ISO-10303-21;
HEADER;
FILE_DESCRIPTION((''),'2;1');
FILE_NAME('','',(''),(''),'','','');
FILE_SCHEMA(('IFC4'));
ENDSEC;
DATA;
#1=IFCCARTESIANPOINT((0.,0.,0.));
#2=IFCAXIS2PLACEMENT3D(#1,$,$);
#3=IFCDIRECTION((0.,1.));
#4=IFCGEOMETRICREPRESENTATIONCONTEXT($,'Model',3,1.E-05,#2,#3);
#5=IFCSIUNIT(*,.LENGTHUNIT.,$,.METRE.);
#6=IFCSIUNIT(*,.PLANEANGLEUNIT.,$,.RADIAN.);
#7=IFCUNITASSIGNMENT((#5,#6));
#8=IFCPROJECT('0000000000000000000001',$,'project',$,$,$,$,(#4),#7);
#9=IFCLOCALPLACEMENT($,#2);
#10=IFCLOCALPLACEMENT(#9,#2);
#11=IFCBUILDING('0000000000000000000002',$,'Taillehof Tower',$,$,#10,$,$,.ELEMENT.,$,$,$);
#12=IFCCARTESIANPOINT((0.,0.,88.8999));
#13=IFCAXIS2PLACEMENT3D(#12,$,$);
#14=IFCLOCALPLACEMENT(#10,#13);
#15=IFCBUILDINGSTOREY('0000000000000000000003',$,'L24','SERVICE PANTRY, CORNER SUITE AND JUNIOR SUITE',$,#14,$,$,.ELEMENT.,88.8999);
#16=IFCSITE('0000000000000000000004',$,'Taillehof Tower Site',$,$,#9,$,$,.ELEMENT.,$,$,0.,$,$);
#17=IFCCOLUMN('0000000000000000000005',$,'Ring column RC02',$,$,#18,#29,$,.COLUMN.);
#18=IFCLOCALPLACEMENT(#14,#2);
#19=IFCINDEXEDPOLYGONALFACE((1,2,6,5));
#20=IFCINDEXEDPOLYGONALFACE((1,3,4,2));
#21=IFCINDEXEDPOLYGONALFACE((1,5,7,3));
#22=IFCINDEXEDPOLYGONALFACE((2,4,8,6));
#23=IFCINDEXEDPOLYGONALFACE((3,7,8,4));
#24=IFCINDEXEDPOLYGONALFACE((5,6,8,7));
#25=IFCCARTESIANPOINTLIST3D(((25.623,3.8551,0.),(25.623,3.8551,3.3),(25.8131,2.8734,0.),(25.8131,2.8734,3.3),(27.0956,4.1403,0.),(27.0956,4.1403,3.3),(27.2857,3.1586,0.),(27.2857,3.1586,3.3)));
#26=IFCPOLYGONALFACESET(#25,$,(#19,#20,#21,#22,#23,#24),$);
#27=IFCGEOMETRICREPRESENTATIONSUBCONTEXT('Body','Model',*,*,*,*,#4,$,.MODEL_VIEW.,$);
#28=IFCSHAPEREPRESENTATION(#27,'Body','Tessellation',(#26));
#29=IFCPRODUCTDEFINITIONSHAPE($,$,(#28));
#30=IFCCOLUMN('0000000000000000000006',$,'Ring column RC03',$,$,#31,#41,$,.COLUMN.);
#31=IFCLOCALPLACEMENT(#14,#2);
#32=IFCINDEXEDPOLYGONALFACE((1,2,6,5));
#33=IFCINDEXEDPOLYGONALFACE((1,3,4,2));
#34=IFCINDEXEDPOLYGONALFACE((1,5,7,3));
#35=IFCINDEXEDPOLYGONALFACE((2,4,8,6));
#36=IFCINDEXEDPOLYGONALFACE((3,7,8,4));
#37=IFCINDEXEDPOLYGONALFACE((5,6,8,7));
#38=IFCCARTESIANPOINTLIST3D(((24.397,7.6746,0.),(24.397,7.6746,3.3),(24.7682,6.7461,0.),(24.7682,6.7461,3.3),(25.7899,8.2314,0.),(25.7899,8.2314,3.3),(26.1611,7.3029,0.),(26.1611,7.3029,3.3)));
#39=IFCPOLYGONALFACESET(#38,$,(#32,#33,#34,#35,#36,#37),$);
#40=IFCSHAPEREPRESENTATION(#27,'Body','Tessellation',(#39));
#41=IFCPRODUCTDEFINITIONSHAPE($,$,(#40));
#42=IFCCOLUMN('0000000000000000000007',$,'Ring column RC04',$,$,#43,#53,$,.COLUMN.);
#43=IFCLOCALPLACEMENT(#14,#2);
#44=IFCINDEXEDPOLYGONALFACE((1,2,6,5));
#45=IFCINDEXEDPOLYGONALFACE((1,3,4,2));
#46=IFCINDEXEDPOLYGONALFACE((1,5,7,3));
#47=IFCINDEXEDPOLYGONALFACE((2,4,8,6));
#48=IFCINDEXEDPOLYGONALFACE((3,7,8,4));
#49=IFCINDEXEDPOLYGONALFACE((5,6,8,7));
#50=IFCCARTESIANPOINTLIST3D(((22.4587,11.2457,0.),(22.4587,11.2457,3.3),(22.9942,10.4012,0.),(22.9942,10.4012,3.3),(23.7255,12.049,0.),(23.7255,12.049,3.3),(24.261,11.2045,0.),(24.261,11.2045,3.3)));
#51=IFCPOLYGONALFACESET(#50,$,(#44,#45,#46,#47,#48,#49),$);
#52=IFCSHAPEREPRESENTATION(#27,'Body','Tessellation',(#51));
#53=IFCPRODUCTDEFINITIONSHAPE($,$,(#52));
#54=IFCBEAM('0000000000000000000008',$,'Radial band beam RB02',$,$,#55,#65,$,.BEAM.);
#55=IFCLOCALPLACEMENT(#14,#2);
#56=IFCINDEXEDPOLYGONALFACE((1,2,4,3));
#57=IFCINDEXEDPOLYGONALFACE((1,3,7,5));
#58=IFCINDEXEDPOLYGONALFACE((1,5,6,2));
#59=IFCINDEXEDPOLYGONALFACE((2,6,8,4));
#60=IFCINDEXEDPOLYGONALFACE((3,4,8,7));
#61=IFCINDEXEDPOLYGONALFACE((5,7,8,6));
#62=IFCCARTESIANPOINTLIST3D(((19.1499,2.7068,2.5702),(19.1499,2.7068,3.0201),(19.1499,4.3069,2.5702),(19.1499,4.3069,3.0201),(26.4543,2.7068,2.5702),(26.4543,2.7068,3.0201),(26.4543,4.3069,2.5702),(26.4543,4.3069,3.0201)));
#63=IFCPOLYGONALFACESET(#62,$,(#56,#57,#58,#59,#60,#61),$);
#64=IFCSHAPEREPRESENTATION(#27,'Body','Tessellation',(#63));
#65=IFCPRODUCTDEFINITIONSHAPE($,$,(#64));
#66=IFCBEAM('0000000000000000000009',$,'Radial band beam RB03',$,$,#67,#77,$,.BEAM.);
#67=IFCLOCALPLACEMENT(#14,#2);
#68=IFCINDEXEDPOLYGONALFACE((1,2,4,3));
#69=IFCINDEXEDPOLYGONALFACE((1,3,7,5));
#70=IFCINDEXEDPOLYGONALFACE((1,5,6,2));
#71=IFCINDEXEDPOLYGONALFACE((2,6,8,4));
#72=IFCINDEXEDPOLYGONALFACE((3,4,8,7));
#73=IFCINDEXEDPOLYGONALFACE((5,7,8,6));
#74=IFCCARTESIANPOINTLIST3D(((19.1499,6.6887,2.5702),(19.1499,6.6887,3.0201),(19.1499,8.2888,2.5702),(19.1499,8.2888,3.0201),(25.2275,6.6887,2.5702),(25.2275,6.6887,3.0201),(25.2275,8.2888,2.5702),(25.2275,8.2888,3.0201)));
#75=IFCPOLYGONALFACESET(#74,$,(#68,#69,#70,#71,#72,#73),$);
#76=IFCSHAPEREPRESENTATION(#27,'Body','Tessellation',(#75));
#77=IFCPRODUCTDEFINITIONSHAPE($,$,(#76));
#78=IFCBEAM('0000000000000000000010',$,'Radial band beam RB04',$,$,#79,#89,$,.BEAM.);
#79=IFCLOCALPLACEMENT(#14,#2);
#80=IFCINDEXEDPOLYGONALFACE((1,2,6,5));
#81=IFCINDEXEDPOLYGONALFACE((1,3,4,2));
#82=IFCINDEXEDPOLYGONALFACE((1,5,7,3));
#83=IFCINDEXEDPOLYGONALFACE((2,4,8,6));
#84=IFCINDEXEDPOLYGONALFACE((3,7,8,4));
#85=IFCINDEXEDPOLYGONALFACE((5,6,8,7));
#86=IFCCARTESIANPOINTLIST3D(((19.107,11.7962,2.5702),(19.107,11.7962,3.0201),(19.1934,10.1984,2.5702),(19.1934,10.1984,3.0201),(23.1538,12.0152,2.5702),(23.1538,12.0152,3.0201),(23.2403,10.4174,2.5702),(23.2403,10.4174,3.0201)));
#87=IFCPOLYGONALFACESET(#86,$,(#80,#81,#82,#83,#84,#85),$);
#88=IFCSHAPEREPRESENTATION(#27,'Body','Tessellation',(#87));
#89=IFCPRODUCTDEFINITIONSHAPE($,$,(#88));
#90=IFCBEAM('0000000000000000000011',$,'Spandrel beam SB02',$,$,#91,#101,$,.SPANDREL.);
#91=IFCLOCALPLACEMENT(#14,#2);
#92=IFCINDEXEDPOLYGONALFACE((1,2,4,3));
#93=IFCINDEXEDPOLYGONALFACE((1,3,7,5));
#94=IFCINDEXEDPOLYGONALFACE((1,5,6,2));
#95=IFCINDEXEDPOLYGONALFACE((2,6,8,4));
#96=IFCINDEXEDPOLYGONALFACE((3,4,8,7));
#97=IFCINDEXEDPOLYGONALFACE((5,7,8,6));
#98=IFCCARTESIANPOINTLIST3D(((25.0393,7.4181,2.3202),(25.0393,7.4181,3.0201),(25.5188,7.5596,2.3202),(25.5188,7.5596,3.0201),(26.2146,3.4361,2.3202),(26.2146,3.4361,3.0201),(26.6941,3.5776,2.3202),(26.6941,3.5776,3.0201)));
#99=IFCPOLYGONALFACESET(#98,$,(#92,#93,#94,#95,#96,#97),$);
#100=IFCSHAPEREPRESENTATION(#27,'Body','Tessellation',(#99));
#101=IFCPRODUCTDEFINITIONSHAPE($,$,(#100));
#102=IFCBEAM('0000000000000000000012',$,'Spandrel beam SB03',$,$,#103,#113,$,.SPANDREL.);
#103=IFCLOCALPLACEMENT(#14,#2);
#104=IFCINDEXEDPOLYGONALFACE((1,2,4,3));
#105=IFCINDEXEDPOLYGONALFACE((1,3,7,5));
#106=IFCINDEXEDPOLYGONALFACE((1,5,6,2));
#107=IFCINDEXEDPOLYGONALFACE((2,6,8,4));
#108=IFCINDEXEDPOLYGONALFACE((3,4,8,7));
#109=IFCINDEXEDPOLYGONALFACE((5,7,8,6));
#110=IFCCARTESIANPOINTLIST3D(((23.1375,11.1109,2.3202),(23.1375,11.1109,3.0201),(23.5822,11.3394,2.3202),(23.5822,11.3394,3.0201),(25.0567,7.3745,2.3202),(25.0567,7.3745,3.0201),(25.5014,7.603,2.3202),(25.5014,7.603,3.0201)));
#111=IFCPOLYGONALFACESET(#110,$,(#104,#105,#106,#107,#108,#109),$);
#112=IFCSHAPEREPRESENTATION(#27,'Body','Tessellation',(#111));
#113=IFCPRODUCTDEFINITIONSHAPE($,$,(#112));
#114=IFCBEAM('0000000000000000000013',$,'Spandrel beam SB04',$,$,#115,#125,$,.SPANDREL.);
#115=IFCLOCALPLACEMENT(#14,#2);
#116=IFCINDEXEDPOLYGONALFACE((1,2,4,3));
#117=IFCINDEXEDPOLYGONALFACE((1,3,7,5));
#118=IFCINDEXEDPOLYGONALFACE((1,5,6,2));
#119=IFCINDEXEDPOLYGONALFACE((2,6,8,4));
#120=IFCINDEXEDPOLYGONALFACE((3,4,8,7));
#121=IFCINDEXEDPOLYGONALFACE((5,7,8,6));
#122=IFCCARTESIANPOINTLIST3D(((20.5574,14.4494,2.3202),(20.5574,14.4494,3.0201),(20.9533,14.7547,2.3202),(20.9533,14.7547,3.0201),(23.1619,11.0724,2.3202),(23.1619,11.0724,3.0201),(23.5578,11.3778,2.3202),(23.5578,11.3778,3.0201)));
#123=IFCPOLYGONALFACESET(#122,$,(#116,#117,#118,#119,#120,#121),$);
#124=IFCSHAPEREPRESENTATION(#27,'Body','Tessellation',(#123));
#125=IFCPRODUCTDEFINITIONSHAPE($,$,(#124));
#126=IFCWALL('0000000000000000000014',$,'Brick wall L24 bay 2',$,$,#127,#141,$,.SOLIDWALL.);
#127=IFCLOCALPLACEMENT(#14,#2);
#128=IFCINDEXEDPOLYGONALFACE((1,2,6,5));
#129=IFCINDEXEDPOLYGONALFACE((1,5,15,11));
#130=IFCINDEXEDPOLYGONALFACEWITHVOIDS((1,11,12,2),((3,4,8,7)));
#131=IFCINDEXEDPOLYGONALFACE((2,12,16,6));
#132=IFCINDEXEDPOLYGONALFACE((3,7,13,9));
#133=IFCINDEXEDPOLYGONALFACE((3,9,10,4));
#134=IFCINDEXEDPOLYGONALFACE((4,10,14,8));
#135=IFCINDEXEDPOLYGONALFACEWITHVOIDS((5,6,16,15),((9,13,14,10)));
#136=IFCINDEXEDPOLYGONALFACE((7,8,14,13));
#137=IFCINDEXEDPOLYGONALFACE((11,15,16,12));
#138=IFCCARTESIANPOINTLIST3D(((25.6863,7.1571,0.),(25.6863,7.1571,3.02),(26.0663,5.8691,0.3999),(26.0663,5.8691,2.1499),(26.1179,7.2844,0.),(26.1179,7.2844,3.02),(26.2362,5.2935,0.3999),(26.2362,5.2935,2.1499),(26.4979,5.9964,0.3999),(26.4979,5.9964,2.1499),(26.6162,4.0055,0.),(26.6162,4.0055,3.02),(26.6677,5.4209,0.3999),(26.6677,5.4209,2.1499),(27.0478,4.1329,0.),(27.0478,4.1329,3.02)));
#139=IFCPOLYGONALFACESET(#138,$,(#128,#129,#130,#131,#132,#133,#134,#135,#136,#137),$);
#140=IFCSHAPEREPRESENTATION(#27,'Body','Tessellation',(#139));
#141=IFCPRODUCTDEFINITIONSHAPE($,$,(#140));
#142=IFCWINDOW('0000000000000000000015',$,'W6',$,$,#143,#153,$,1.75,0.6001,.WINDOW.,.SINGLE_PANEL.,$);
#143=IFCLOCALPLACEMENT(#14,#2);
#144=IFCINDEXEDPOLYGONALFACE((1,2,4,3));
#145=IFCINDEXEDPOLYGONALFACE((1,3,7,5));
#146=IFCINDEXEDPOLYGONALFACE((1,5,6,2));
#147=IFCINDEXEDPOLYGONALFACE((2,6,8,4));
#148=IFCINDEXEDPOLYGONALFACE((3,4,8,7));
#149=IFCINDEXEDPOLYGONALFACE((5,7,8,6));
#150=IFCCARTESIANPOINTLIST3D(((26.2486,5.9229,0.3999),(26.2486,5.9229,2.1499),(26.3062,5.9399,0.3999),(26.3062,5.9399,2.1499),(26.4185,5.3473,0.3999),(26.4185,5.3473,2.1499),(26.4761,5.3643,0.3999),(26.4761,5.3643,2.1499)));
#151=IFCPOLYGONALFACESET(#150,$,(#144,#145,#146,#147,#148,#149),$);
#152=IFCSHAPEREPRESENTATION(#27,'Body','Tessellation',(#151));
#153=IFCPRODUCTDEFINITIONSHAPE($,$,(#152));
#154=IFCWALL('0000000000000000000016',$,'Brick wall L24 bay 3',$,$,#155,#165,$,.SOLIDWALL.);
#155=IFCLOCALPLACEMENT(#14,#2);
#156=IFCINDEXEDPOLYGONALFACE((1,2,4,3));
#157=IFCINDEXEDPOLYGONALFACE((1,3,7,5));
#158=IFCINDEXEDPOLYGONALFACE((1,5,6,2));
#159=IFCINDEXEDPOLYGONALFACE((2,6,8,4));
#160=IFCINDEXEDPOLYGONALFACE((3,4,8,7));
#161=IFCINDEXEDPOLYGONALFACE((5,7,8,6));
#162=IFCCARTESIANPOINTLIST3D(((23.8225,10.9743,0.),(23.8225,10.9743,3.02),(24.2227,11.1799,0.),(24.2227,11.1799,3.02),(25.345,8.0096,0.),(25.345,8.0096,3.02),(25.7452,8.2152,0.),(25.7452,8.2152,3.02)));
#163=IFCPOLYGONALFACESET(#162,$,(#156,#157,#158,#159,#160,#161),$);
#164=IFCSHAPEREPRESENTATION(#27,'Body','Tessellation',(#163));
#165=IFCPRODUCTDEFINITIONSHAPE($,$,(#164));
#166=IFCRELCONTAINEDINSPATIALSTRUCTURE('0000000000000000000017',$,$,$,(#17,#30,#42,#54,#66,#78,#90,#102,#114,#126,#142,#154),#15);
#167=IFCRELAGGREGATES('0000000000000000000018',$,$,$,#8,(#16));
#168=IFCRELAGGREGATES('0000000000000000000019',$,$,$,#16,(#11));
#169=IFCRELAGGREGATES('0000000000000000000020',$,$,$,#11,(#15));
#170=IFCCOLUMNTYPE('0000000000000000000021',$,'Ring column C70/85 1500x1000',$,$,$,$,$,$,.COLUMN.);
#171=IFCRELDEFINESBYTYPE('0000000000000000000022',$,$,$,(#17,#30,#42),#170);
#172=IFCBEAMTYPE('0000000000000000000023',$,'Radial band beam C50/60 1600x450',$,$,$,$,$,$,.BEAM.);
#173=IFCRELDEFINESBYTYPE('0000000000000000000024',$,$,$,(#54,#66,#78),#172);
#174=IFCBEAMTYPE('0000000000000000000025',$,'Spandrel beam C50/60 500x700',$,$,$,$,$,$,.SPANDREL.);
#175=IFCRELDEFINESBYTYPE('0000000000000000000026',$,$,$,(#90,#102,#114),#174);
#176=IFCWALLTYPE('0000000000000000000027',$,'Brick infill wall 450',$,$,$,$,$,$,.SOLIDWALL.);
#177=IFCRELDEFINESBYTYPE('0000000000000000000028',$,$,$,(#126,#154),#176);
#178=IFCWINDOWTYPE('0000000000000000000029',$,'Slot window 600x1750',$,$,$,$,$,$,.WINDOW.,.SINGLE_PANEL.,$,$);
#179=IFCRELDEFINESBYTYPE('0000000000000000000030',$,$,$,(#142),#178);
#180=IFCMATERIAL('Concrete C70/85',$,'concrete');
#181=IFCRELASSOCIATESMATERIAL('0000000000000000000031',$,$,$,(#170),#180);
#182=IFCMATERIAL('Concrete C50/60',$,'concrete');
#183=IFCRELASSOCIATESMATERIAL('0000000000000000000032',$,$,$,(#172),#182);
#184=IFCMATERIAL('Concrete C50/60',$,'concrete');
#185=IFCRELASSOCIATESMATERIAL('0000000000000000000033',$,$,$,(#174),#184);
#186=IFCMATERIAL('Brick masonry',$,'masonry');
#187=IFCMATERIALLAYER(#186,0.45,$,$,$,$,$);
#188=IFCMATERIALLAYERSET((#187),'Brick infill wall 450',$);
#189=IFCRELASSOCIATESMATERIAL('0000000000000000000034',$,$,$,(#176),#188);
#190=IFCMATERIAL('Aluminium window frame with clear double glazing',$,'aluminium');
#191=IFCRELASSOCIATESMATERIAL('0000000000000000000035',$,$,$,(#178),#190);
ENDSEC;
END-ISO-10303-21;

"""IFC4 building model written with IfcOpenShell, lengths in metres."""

from ifc_helpers import new_model, si_unit, direction, frame, frame_2d, origin, origin_2d, place, context, subcontext, project, spatial, rectangle, extrude, material, layer, layer_set, material_profile, profile_set, type_object, element, fill, save


model = new_model("IFC4")

# Units and contexts
model_context = context("Model", 3, precision=1e-05, world=origin(), true_north=direction((0.0, 1.0)))
body_context = subcontext(model_context, "Body", "Model", "MODEL_VIEW")
ifc_project = project(units=[si_unit("LENGTHUNIT", "METRE"), si_unit("PLANEANGLEUNIT", "RADIAN")], contexts=[model_context])

# Site, building, storey
site_placement = place(None, origin())
site = spatial("IfcSite", under=ifc_project, at=site_placement, Name="Taillehof Tower Site", CompositionType="ELEMENT", RefElevation=0.0)
building_placement = place(site_placement, origin())
building = spatial("IfcBuilding", under=site, at=building_placement, Name="Taillehof Tower", CompositionType="ELEMENT")
storey_placement = place(building_placement, frame((0.0, 0.0, 88.8999)))
storey = spatial("IfcBuildingStorey", under=building, at=storey_placement, Name="L24", Description="SERVICE PANTRY, CORNER SUITE AND JUNIOR SUITE", CompositionType="ELEMENT", Elevation=88.8999)

# Columns
ifc_material_1 = material(Name="Concrete C70/85", Category="concrete")
ifc_material_profile_1 = material_profile(ifc_material_1, rectangle(XDim=1.5, YDim=1.0, at=origin_2d()), Name="RC 1500x1000")
ifc_profile_set_1 = profile_set([ifc_material_profile_1], Name="Concrete C70/85")
column_type = type_object("IfcColumnType", Name="Ring column C70/85 1500x1000", PredefinedType="COLUMN", material=ifc_profile_set_1)
for number, where, z_axis, x_axis, name in (
    (1, (26.4543, 3.5068, 0.0), (0.0, 0.0, 1.0), (0.981757, 0.190138, 0.0), "Ring column RC02"),
    (2, (25.2791, 7.4888, 0.0), (0.0, 0.0, 1.0), (0.92855, 0.371207, 0.0), "Ring column RC03"),
    (3, (23.3599, 11.2251, 0.0), (0.0, 0.0, 1.0), (0.844511, 0.535537, 0.0), "Ring column RC04"),
):
    element("IfcColumn", number, at=place(storey_placement, frame(where, z_axis=z_axis, x_axis=x_axis)), inside=storey, type_object=column_type, Name=name, PredefinedType="COLUMN", context=body_context, shape_type="SweptSolid", body=[
        extrude(rectangle(XDim=1.5, YDim=1.0, at=origin_2d()), origin(), (0.0, 0.0, 1.0), 3.3),
    ])

# Beams
ifc_material_2 = material(Name="Concrete C50/60", Category="concrete")
ifc_material_profile_2 = material_profile(ifc_material_2, rectangle(XDim=1.6001, YDim=0.45, at=origin_2d()), Name="RC 1600x450")
ifc_profile_set_2 = profile_set([ifc_material_profile_2], Name="Concrete C50/60")
beam_type_1 = type_object("IfcBeamType", Name="Radial band beam C50/60 1600x450", PredefinedType="BEAM", material=ifc_profile_set_2)
beam_1_placement = place(storey_placement, frame((26.4543, 3.5068, 2.7952), z_axis=(-1.0, 0.0, 0.0), x_axis=(0.0, -1.0, 0.0)))
element("IfcBeam", 4, at=beam_1_placement, inside=storey, type_object=beam_type_1, Name="Radial band beam RB02", PredefinedType="BEAM", context=body_context, shape_type="SweptSolid", body=[
    extrude(rectangle(XDim=1.6001, YDim=0.45, at=origin_2d()), origin(), (0.0, 0.0, 1.0), 7.3044),
])
beam_2_placement = place(storey_placement, frame((25.2275, 7.4888, 2.7952), z_axis=(-1.0, 0.0, 0.0), x_axis=(0.0, -1.0, 0.0)))
element("IfcBeam", 5, at=beam_2_placement, inside=storey, type_object=beam_type_1, Name="Radial band beam RB03", PredefinedType="BEAM", context=body_context, shape_type="SweptSolid", body=[
    extrude(rectangle(XDim=1.6001, YDim=0.45, at=origin_2d()), origin(), (0.0, 0.0, 1.0), 6.0776),
])
beam_3_placement = place(storey_placement, frame((23.197, 11.2163, 2.7952), z_axis=(-0.998539, -0.054035, 0.0), x_axis=(0.054035, -0.998539, 0.0)))
element("IfcBeam", 6, at=beam_3_placement, inside=storey, type_object=beam_type_1, Name="Radial band beam RB04", PredefinedType="BEAM", context=body_context, shape_type="SweptSolid", body=[
    extrude(rectangle(XDim=1.6001, YDim=0.45, at=origin_2d()), origin(), (0.0, 0.0, 1.0), 4.0527),
])
ifc_material_3 = material(Name="Concrete C50/60", Category="concrete")
ifc_material_profile_3 = material_profile(ifc_material_3, rectangle(XDim=0.5, YDim=0.7, at=origin_2d()), Name="RC 500x700")
ifc_profile_set_3 = profile_set([ifc_material_profile_3], Name="Concrete C50/60")
beam_type_2 = type_object("IfcBeamType", Name="Spandrel beam C50/60 500x700", PredefinedType="SPANDREL", material=ifc_profile_set_3)
beam_4_placement = place(storey_placement, frame((26.4543, 3.5068, 2.6702), z_axis=(-0.283083, 0.959095, 0.0), x_axis=(-0.959095, -0.283083, 0.0)))
element("IfcBeam", 7, at=beam_4_placement, inside=storey, type_object=beam_type_2, Name="Spandrel beam SB02", PredefinedType="SPANDREL", context=body_context, shape_type="SweptSolid", body=[
    extrude(rectangle(XDim=0.5, YDim=0.7, at=origin_2d()), origin(), (0.0, 0.0, 1.0), 4.1519),
])
beam_5_placement = place(storey_placement, frame((25.2791, 7.4888, 2.6702), z_axis=(-0.456905, 0.889515, 0.0), x_axis=(-0.889515, -0.456905, 0.0)))
element("IfcBeam", 8, at=beam_5_placement, inside=storey, type_object=beam_type_2, Name="Spandrel beam SB03", PredefinedType="SPANDREL", context=body_context, shape_type="SweptSolid", body=[
    extrude(rectangle(XDim=0.5, YDim=0.7, at=origin_2d()), origin(), (0.0, 0.0, 1.0), 4.2004),
])
beam_6_placement = place(storey_placement, frame((23.3599, 11.2251, 2.6702), z_axis=(-0.610717, 0.791849, 0.0), x_axis=(-0.791849, -0.610717, 0.0)))
element("IfcBeam", 9, at=beam_6_placement, inside=storey, type_object=beam_type_2, Name="Spandrel beam SB04", PredefinedType="SPANDREL", context=body_context, shape_type="SweptSolid", body=[
    extrude(rectangle(XDim=0.5, YDim=0.7, at=origin_2d()), origin(), (0.0, 0.0, 1.0), 4.2646),
])

# Wall, opening, window
ifc_material_4 = material(Name="Brick masonry", Category="masonry")
ifc_layer_1 = layer(ifc_material_4, 0.45)
ifc_layer_set_1 = layer_set([ifc_layer_1], Name="Brick infill wall 450")
wall_type_1 = type_object("IfcWallType", Name="Brick infill wall 450", PredefinedType="SOLIDWALL", material=ifc_layer_set_1)
wall_1_placement = place(storey_placement, frame((26.832, 4.0691, 0.0), z_axis=(0.0, 0.0, 1.0), x_axis=(-0.283003, 0.959119, 0.0)))
wall_1 = element("IfcWall", 10, at=wall_1_placement, inside=storey, type_object=wall_type_1, Name="Brick wall L24 bay 2", PredefinedType="SOLIDWALL", context=body_context, shape_type="SweptSolid", body=[
    extrude(rectangle(XDim=3.2859, YDim=0.45, at=frame_2d((1.6431, 0.0))), origin(), (0.0, 0.0, 1.0), 3.02),
])
opening_1_placement = place(wall_1_placement, frame((1.343, 0.0, 0.3999)))
opening_1 = element("IfcOpeningElement", 11, at=opening_1_placement, cuts=wall_1, PredefinedType="OPENING", context=body_context, shape_type="SweptSolid", body=[
    extrude(rectangle(XDim=0.6001, YDim=1.75, at=frame_2d((0.3, 0.875))), frame((0.0, 0.2349, 0.0), z_axis=(0.0, -1.0, 0.0), x_axis=(1.0, 0.0, 0.0)), (0.0, 0.0, 1.0), 0.47),
])
ifc_material_5 = material(Name="Aluminium window frame with clear double glazing", Category="aluminium")
window_type = type_object("IfcWindowType", Name="Slot window 600x1750", PartitioningType="SINGLE_PANEL", PredefinedType="WINDOW", material=ifc_material_5)
window_placement = place(opening_1_placement, origin())
window = element("IfcWindow", 12, at=window_placement, inside=storey, type_object=window_type, Name="W6", OverallHeight=1.75, OverallWidth=0.6001, PartitioningType="SINGLE_PANEL", PredefinedType="WINDOW", context=body_context, shape_type="SweptSolid", body=[
    extrude(rectangle(XDim=0.6001, YDim=1.75, at=frame_2d((0.3, 0.875))), frame((0.0, 0.0349, 0.0), z_axis=(0.0, -1.0, 0.0), x_axis=(1.0, 0.0, 0.0)), (0.0, 0.0, 1.0), 0.0601),
])
fill(opening_1, window)

# Wall
wall_2_placement = place(storey_placement, frame((25.5452, 8.1123, 0.0), z_axis=(0.0, 0.0, 1.0), x_axis=(-0.456828, 0.889555, 0.0)))
element("IfcWall", 13, at=wall_2_placement, inside=storey, type_object=wall_type_1, Name="Brick wall L24 bay 3", PredefinedType="SOLIDWALL", context=body_context, shape_type="SweptSolid", body=[
    extrude(rectangle(XDim=3.3328, YDim=0.45, at=frame_2d((1.6665, 0.0))), origin(), (0.0, 0.0, 1.0), 3.02),
])

save(model, "model.ifc")
